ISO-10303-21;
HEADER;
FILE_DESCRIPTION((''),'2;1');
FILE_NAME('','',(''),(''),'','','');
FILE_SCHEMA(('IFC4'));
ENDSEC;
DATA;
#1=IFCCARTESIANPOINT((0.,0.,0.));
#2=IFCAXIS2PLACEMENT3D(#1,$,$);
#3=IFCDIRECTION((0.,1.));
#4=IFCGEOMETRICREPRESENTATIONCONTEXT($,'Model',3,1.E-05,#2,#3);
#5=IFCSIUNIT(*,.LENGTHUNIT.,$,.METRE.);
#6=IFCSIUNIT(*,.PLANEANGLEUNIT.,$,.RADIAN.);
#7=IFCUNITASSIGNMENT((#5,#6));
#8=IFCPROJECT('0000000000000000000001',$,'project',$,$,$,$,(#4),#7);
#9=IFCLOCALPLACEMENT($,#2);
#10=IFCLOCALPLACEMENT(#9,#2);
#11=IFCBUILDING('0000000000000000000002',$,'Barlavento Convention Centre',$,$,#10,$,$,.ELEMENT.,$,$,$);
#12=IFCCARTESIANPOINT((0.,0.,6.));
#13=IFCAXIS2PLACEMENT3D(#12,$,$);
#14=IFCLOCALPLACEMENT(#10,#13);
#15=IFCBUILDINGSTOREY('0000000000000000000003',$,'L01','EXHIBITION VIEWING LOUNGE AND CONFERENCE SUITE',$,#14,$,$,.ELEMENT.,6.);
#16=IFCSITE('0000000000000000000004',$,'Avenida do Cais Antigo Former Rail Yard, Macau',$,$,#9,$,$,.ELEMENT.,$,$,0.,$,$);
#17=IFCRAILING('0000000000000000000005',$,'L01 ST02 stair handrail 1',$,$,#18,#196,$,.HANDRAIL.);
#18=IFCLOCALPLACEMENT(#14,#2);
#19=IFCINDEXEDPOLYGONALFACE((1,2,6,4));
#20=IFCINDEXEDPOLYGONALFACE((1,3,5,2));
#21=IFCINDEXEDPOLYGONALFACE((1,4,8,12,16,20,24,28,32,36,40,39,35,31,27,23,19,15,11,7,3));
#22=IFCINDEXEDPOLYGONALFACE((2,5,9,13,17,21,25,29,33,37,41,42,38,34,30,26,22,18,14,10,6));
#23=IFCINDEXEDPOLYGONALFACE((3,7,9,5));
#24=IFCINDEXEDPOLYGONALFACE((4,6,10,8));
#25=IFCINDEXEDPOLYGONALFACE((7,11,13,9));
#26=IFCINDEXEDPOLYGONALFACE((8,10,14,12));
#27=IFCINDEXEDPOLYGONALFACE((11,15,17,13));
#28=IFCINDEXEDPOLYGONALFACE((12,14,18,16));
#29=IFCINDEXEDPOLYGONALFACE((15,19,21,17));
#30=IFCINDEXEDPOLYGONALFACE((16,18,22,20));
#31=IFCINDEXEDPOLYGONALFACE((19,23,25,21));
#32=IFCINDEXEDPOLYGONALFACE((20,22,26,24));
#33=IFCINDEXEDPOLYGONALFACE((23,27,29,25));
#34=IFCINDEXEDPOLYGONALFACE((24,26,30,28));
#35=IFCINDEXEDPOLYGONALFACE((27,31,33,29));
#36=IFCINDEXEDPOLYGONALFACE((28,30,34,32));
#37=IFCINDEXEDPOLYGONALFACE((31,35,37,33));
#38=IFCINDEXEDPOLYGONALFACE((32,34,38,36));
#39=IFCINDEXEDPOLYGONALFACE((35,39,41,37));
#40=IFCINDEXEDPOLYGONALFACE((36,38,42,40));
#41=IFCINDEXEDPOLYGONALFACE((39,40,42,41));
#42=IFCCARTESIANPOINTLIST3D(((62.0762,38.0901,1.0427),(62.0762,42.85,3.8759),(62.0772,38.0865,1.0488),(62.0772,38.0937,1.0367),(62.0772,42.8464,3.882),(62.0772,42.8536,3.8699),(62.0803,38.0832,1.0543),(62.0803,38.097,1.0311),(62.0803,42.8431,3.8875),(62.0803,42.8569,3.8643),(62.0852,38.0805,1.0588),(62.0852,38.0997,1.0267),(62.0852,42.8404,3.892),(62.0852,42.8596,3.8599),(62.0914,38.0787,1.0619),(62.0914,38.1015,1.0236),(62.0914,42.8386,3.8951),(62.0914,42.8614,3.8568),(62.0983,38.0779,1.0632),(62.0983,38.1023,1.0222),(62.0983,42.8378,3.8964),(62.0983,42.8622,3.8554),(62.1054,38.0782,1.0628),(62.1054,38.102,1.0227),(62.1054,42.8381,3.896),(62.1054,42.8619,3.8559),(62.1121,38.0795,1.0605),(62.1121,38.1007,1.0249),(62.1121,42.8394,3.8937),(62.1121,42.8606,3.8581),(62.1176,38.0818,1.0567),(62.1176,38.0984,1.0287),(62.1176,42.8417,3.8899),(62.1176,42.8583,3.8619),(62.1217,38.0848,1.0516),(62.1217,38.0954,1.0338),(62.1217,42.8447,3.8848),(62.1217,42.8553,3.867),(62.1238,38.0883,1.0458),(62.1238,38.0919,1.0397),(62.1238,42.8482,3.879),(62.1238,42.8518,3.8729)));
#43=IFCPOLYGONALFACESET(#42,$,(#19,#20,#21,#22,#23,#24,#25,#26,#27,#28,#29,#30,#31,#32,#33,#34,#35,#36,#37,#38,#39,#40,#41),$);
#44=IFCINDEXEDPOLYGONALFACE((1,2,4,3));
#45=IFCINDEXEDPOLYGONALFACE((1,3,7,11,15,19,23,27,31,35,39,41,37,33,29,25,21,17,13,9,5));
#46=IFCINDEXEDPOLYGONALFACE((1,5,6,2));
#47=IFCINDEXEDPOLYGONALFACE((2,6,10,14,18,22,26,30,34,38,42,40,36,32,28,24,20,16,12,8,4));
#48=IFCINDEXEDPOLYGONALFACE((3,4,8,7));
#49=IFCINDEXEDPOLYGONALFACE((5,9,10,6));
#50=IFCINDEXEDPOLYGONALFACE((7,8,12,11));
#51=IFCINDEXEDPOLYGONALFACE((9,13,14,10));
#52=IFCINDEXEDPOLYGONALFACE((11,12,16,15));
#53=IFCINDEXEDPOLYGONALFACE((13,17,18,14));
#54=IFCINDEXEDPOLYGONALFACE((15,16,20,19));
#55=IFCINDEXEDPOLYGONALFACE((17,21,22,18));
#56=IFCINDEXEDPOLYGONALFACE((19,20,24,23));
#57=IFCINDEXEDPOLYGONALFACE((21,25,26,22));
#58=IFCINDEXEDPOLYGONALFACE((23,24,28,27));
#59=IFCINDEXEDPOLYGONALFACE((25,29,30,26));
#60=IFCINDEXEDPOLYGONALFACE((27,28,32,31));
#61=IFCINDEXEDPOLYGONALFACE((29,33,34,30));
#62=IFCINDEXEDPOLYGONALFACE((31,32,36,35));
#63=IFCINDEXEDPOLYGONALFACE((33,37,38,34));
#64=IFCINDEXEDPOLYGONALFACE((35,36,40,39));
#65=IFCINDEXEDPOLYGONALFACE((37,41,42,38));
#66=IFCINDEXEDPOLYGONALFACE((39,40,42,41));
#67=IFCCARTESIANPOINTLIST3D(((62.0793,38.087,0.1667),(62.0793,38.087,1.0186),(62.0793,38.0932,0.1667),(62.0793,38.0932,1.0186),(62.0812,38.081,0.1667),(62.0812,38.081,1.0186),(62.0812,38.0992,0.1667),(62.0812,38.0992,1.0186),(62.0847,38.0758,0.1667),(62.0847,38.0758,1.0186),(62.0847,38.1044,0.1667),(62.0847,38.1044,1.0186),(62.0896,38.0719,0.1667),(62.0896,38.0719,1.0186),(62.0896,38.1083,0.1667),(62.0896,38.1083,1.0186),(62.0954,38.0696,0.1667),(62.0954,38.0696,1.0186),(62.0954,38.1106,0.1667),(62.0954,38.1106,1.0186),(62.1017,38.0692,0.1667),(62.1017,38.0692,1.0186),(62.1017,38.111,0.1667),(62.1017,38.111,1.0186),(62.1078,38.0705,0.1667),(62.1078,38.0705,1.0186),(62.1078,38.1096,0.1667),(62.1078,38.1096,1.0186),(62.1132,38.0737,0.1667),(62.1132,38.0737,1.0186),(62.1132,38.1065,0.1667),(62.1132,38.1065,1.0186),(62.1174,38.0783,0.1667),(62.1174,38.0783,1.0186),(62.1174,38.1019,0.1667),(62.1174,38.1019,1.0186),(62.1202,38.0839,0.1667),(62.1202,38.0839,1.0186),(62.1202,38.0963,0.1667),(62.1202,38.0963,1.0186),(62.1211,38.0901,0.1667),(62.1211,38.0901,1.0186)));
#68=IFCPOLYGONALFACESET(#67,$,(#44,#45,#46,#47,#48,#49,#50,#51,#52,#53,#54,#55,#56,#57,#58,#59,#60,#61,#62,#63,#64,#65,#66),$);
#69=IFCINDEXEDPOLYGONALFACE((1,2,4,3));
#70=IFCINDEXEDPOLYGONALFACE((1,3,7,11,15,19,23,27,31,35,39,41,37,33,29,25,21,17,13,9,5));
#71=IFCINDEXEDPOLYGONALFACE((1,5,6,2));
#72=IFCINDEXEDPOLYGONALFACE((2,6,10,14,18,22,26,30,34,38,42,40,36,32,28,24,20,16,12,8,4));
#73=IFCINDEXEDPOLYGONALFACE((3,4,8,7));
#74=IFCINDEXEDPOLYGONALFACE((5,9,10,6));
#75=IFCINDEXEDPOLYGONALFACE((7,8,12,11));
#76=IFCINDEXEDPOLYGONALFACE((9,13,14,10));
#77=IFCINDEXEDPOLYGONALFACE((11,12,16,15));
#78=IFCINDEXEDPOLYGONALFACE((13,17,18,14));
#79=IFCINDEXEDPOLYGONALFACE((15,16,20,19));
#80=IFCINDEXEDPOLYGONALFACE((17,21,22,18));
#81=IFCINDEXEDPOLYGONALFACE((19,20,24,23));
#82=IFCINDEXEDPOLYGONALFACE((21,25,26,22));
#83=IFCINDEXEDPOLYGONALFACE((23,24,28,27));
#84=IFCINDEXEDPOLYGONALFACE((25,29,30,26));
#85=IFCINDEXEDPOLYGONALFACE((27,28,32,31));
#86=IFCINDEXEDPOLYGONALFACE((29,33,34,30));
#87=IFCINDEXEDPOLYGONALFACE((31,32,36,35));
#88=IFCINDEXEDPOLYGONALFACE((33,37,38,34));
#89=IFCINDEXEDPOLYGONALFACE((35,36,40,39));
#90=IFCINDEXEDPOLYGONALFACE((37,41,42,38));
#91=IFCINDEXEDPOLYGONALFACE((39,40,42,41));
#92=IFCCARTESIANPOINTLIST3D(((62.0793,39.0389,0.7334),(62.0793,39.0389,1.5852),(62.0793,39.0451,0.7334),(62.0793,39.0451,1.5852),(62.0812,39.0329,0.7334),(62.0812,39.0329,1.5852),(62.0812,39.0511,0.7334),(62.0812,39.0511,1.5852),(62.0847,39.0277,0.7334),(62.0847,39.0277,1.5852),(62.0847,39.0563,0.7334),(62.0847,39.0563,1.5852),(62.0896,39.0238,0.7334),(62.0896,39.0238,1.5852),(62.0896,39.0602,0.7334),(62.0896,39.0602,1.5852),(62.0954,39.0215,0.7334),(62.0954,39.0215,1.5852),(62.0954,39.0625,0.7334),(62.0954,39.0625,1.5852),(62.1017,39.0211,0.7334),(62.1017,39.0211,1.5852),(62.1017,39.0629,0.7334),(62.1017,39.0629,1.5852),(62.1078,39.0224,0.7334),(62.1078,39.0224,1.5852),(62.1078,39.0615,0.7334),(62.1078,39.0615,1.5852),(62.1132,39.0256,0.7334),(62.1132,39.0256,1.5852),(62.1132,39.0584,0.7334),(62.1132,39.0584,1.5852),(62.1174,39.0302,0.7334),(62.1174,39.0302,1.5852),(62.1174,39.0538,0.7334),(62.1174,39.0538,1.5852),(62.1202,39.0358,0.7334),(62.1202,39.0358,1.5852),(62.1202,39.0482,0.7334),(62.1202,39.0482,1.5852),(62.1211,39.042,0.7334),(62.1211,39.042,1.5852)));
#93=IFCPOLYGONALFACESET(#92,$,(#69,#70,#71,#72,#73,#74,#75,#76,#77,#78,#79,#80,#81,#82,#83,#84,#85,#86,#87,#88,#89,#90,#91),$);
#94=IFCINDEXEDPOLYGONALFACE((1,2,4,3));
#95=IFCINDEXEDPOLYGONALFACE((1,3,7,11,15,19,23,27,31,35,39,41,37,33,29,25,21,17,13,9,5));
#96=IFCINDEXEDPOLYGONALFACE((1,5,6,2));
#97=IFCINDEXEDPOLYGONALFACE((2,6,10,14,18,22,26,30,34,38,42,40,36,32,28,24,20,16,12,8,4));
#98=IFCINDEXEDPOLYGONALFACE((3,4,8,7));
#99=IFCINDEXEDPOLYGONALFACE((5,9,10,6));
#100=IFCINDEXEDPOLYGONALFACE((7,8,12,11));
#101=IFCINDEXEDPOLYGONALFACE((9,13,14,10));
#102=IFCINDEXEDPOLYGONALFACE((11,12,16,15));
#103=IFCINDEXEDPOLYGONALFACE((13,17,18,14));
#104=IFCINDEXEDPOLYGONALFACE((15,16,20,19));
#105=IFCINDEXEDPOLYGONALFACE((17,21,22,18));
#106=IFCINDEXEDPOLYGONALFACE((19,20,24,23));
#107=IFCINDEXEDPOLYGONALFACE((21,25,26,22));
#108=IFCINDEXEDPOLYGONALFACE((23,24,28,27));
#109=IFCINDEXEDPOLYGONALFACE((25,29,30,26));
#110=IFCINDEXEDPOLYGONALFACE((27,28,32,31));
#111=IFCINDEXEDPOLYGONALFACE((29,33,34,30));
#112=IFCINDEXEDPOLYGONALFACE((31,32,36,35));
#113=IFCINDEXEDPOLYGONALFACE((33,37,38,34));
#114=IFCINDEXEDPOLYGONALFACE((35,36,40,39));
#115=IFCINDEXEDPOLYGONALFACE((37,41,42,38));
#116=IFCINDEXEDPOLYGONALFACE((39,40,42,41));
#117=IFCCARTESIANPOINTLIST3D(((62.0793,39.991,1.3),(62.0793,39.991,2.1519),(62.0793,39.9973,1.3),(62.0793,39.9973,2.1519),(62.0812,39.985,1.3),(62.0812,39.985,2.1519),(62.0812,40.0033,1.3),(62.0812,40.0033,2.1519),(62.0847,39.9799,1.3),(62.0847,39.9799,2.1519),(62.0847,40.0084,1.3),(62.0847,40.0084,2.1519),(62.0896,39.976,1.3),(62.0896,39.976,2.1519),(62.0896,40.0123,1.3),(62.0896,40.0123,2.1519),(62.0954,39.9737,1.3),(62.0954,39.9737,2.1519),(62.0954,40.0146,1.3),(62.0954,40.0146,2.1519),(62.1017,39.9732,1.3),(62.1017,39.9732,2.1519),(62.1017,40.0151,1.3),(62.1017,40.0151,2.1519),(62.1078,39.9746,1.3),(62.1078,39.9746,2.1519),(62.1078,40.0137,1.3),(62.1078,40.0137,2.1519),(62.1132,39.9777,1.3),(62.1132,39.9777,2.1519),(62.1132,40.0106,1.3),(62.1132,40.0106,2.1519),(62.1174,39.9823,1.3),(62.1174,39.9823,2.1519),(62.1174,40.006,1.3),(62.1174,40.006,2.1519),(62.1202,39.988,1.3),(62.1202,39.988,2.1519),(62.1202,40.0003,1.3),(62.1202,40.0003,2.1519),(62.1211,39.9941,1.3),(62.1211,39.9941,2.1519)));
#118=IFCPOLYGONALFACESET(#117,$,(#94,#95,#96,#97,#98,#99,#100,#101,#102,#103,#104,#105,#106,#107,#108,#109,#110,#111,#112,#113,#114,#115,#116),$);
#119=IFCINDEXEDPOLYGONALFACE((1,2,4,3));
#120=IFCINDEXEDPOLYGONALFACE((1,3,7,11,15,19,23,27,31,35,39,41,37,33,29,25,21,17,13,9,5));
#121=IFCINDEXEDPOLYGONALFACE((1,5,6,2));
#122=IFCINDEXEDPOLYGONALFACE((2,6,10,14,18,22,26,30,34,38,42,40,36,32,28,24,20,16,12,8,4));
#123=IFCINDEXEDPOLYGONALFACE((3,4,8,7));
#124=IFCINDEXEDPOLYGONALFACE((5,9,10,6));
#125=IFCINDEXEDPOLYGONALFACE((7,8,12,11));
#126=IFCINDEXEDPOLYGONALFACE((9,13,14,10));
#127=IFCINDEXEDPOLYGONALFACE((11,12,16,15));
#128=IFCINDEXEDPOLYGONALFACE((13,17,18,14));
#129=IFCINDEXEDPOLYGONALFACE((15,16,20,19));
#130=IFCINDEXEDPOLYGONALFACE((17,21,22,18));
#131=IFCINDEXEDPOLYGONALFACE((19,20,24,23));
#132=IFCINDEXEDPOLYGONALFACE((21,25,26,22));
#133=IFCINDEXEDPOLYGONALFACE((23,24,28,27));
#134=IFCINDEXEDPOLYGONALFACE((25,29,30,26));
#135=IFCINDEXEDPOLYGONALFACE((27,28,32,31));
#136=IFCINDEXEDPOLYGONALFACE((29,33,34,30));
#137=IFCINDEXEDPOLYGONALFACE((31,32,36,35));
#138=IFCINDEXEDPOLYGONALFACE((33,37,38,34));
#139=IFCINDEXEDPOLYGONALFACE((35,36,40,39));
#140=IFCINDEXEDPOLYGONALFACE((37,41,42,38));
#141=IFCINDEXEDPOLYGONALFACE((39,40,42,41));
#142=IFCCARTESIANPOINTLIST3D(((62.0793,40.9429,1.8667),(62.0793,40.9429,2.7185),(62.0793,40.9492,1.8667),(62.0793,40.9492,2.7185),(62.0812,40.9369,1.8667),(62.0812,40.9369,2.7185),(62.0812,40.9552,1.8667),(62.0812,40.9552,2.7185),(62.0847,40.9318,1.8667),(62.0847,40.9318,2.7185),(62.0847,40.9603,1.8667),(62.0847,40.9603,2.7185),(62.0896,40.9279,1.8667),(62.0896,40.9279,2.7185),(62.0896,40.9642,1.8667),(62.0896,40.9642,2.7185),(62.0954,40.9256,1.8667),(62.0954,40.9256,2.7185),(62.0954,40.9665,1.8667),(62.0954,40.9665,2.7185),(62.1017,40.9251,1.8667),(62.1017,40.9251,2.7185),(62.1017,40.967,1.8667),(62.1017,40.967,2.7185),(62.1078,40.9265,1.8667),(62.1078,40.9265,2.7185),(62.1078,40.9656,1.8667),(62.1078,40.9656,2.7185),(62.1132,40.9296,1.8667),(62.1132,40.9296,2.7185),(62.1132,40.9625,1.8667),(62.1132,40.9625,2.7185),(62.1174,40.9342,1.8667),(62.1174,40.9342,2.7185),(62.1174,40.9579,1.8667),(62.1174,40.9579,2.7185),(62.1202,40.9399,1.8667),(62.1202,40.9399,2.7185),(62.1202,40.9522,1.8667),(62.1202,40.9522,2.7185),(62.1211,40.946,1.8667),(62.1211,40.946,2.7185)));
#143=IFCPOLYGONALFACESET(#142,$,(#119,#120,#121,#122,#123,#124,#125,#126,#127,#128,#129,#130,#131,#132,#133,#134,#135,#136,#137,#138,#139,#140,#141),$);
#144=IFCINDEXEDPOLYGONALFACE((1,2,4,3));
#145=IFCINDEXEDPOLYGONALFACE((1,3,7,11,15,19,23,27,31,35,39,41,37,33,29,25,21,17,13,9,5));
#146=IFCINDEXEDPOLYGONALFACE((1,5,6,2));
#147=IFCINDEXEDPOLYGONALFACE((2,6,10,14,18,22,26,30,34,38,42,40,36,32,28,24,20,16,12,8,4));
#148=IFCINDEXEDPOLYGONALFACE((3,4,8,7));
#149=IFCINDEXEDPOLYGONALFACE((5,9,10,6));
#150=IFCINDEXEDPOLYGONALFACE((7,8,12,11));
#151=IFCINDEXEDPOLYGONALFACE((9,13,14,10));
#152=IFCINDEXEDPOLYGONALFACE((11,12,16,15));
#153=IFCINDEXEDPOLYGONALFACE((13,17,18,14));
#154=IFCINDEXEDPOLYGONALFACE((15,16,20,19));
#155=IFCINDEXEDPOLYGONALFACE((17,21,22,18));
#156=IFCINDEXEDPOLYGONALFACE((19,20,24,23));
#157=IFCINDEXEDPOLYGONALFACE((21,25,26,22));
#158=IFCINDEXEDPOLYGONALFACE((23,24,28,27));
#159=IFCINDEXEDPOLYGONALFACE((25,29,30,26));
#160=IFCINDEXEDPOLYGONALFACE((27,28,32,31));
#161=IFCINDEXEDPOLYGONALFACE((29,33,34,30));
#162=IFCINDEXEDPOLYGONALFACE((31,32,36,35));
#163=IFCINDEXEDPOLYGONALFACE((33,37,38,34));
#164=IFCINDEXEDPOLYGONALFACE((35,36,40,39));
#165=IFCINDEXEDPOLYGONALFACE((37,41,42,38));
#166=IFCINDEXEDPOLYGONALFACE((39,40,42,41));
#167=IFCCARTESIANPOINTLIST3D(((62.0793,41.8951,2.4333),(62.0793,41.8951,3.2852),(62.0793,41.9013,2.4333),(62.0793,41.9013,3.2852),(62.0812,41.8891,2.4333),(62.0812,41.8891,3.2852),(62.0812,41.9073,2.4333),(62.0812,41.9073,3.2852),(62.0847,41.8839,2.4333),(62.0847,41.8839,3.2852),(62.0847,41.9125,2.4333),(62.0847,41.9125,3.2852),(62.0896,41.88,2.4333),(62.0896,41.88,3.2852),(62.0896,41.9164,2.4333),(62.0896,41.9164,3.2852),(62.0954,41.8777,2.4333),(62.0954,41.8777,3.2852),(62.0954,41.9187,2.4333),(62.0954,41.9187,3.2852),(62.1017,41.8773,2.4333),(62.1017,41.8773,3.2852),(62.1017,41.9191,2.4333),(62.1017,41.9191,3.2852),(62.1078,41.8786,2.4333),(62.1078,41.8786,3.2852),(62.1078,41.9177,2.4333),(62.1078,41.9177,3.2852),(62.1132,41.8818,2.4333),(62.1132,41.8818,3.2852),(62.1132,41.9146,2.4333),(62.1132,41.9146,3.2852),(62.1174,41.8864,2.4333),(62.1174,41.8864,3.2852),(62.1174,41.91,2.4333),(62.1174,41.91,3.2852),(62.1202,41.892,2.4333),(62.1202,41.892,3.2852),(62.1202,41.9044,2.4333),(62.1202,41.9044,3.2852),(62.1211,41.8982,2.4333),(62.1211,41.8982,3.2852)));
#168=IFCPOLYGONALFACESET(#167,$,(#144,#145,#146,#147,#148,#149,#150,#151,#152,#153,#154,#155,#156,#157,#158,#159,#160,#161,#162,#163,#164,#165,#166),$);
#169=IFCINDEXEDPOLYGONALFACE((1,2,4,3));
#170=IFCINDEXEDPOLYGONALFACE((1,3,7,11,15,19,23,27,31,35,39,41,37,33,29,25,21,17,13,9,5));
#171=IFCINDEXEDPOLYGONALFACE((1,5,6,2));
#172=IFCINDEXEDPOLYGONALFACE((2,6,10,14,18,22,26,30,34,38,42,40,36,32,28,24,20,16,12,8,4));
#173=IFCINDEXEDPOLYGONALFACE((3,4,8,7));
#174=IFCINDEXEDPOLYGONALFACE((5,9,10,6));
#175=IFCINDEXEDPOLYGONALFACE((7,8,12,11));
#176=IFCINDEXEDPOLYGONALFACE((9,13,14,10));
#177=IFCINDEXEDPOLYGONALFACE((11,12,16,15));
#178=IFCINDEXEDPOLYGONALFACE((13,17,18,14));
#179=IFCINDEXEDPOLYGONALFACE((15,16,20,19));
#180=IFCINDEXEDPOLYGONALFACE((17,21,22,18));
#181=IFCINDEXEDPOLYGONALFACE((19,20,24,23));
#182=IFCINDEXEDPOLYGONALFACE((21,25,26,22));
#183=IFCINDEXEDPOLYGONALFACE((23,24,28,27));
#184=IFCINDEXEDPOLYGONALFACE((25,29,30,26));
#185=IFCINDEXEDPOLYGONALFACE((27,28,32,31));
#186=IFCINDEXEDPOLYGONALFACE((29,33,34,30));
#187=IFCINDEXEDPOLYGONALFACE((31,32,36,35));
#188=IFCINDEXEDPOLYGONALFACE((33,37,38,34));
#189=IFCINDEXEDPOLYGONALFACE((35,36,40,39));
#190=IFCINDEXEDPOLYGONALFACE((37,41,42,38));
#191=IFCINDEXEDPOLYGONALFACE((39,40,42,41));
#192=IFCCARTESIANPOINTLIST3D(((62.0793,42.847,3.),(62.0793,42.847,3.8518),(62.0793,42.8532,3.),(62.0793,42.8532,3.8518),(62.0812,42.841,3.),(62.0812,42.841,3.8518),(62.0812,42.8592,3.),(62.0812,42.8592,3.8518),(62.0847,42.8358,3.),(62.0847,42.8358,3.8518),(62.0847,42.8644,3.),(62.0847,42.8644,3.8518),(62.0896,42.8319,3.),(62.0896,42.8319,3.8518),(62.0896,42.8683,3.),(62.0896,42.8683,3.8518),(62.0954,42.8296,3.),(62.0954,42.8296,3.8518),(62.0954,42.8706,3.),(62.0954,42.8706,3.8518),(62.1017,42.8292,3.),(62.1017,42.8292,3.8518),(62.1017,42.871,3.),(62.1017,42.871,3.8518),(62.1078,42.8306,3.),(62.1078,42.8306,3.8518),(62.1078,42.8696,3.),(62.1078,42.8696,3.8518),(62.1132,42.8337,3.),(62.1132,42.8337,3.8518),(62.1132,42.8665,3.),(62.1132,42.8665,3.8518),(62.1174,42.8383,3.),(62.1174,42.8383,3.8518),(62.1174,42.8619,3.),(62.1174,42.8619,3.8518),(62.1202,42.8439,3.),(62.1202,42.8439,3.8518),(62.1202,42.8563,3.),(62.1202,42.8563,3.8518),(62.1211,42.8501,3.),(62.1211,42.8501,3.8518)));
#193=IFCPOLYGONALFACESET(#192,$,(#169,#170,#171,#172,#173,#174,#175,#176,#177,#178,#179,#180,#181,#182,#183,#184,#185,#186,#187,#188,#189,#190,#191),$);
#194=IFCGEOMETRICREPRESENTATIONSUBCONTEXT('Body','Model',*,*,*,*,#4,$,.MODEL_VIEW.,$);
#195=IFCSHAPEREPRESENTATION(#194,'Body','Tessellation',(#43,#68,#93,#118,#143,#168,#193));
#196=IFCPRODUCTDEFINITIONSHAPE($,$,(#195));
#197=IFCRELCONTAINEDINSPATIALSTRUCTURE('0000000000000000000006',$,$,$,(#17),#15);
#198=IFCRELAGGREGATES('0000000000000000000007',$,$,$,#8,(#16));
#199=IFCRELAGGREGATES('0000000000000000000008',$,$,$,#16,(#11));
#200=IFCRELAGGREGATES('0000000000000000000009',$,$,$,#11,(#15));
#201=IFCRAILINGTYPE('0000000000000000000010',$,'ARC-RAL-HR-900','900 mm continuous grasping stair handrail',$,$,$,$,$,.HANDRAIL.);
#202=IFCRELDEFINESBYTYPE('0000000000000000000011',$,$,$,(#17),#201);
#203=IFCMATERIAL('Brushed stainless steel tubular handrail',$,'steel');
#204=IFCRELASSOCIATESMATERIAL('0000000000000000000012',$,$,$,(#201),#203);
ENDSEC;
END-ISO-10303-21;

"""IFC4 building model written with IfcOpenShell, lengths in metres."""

from ifc_helpers import new_model, si_unit, direction, frame, origin, origin_2d, place, context, subcontext, project, spatial, circle, extrude, material, type_object, element, save


model = new_model("IFC4")

# Units and contexts
model_context = context("Model", 3, precision=1e-05, world=origin(), true_north=direction((0.0, 1.0)))
body_context = subcontext(model_context, "Body", "Model", "MODEL_VIEW")
ifc_project = project(units=[si_unit("LENGTHUNIT", "METRE"), si_unit("PLANEANGLEUNIT", "RADIAN")], contexts=[model_context])

# Site, building, storey
site_placement = place(None, origin())
site = spatial("IfcSite", under=ifc_project, at=site_placement, Name="Avenida do Cais Antigo Former Rail Yard, Macau", CompositionType="ELEMENT", RefElevation=0.0)
building_placement = place(site_placement, origin())
building = spatial("IfcBuilding", under=site, at=building_placement, Name="Barlavento Convention Centre", CompositionType="ELEMENT")
storey_placement = place(building_placement, frame((0.0, 0.0, 6.0)))
storey = spatial("IfcBuildingStorey", under=building, at=storey_placement, Name="L01", Description="EXHIBITION VIEWING LOUNGE AND CONFERENCE SUITE", CompositionType="ELEMENT", Elevation=6.0)

# Railing
ifc_material_1 = material(Name="Brushed stainless steel tubular handrail", Category="steel")
railing_type_1 = type_object("IfcRailingType", Name="ARC-RAL-HR-900", Description="900 mm continuous grasping stair handrail", PredefinedType="HANDRAIL", material=ifc_material_1)
railing_1_placement = place(storey_placement, frame((62.1001, 38.0901, 0.1667)))
element("IfcRailing", 1, at=railing_1_placement, inside=storey, type_object=railing_type_1, Name="L01 ST02 stair handrail 1", PredefinedType="HANDRAIL", context=body_context, shape_type="SweptSolid", body=[
    extrude(circle(Radius=0.0239, at=origin_2d()), frame((0.0, 0.0, 0.876), z_axis=(0.0, 0.8593, 0.511472), x_axis=(-1.0, 0.0, 0.0)), (0.0, 0.0, 1.0), 5.5393),
    extrude(circle(Radius=0.021, at=origin_2d()), origin(), (0.0, 0.0, 1.0), 0.8518),
    extrude(circle(Radius=0.021, at=origin_2d()), frame((0.0, 0.9519, 0.5667)), (0.0, 0.0, 1.0), 0.8518),
    extrude(circle(Radius=0.021, at=origin_2d()), frame((0.0, 1.9041, 1.1333)), (0.0, 0.0, 1.0), 0.8518),
    extrude(circle(Radius=0.021, at=origin_2d()), frame((0.0, 2.856, 1.7)), (0.0, 0.0, 1.0), 0.8518),
    extrude(circle(Radius=0.021, at=origin_2d()), frame((0.0, 3.8081, 2.2666)), (0.0, 0.0, 1.0), 0.8518),
    extrude(circle(Radius=0.021, at=origin_2d()), frame((0.0, 4.76, 2.8333)), (0.0, 0.0, 1.0), 0.8518),
])

save(model, "model.ifc")
